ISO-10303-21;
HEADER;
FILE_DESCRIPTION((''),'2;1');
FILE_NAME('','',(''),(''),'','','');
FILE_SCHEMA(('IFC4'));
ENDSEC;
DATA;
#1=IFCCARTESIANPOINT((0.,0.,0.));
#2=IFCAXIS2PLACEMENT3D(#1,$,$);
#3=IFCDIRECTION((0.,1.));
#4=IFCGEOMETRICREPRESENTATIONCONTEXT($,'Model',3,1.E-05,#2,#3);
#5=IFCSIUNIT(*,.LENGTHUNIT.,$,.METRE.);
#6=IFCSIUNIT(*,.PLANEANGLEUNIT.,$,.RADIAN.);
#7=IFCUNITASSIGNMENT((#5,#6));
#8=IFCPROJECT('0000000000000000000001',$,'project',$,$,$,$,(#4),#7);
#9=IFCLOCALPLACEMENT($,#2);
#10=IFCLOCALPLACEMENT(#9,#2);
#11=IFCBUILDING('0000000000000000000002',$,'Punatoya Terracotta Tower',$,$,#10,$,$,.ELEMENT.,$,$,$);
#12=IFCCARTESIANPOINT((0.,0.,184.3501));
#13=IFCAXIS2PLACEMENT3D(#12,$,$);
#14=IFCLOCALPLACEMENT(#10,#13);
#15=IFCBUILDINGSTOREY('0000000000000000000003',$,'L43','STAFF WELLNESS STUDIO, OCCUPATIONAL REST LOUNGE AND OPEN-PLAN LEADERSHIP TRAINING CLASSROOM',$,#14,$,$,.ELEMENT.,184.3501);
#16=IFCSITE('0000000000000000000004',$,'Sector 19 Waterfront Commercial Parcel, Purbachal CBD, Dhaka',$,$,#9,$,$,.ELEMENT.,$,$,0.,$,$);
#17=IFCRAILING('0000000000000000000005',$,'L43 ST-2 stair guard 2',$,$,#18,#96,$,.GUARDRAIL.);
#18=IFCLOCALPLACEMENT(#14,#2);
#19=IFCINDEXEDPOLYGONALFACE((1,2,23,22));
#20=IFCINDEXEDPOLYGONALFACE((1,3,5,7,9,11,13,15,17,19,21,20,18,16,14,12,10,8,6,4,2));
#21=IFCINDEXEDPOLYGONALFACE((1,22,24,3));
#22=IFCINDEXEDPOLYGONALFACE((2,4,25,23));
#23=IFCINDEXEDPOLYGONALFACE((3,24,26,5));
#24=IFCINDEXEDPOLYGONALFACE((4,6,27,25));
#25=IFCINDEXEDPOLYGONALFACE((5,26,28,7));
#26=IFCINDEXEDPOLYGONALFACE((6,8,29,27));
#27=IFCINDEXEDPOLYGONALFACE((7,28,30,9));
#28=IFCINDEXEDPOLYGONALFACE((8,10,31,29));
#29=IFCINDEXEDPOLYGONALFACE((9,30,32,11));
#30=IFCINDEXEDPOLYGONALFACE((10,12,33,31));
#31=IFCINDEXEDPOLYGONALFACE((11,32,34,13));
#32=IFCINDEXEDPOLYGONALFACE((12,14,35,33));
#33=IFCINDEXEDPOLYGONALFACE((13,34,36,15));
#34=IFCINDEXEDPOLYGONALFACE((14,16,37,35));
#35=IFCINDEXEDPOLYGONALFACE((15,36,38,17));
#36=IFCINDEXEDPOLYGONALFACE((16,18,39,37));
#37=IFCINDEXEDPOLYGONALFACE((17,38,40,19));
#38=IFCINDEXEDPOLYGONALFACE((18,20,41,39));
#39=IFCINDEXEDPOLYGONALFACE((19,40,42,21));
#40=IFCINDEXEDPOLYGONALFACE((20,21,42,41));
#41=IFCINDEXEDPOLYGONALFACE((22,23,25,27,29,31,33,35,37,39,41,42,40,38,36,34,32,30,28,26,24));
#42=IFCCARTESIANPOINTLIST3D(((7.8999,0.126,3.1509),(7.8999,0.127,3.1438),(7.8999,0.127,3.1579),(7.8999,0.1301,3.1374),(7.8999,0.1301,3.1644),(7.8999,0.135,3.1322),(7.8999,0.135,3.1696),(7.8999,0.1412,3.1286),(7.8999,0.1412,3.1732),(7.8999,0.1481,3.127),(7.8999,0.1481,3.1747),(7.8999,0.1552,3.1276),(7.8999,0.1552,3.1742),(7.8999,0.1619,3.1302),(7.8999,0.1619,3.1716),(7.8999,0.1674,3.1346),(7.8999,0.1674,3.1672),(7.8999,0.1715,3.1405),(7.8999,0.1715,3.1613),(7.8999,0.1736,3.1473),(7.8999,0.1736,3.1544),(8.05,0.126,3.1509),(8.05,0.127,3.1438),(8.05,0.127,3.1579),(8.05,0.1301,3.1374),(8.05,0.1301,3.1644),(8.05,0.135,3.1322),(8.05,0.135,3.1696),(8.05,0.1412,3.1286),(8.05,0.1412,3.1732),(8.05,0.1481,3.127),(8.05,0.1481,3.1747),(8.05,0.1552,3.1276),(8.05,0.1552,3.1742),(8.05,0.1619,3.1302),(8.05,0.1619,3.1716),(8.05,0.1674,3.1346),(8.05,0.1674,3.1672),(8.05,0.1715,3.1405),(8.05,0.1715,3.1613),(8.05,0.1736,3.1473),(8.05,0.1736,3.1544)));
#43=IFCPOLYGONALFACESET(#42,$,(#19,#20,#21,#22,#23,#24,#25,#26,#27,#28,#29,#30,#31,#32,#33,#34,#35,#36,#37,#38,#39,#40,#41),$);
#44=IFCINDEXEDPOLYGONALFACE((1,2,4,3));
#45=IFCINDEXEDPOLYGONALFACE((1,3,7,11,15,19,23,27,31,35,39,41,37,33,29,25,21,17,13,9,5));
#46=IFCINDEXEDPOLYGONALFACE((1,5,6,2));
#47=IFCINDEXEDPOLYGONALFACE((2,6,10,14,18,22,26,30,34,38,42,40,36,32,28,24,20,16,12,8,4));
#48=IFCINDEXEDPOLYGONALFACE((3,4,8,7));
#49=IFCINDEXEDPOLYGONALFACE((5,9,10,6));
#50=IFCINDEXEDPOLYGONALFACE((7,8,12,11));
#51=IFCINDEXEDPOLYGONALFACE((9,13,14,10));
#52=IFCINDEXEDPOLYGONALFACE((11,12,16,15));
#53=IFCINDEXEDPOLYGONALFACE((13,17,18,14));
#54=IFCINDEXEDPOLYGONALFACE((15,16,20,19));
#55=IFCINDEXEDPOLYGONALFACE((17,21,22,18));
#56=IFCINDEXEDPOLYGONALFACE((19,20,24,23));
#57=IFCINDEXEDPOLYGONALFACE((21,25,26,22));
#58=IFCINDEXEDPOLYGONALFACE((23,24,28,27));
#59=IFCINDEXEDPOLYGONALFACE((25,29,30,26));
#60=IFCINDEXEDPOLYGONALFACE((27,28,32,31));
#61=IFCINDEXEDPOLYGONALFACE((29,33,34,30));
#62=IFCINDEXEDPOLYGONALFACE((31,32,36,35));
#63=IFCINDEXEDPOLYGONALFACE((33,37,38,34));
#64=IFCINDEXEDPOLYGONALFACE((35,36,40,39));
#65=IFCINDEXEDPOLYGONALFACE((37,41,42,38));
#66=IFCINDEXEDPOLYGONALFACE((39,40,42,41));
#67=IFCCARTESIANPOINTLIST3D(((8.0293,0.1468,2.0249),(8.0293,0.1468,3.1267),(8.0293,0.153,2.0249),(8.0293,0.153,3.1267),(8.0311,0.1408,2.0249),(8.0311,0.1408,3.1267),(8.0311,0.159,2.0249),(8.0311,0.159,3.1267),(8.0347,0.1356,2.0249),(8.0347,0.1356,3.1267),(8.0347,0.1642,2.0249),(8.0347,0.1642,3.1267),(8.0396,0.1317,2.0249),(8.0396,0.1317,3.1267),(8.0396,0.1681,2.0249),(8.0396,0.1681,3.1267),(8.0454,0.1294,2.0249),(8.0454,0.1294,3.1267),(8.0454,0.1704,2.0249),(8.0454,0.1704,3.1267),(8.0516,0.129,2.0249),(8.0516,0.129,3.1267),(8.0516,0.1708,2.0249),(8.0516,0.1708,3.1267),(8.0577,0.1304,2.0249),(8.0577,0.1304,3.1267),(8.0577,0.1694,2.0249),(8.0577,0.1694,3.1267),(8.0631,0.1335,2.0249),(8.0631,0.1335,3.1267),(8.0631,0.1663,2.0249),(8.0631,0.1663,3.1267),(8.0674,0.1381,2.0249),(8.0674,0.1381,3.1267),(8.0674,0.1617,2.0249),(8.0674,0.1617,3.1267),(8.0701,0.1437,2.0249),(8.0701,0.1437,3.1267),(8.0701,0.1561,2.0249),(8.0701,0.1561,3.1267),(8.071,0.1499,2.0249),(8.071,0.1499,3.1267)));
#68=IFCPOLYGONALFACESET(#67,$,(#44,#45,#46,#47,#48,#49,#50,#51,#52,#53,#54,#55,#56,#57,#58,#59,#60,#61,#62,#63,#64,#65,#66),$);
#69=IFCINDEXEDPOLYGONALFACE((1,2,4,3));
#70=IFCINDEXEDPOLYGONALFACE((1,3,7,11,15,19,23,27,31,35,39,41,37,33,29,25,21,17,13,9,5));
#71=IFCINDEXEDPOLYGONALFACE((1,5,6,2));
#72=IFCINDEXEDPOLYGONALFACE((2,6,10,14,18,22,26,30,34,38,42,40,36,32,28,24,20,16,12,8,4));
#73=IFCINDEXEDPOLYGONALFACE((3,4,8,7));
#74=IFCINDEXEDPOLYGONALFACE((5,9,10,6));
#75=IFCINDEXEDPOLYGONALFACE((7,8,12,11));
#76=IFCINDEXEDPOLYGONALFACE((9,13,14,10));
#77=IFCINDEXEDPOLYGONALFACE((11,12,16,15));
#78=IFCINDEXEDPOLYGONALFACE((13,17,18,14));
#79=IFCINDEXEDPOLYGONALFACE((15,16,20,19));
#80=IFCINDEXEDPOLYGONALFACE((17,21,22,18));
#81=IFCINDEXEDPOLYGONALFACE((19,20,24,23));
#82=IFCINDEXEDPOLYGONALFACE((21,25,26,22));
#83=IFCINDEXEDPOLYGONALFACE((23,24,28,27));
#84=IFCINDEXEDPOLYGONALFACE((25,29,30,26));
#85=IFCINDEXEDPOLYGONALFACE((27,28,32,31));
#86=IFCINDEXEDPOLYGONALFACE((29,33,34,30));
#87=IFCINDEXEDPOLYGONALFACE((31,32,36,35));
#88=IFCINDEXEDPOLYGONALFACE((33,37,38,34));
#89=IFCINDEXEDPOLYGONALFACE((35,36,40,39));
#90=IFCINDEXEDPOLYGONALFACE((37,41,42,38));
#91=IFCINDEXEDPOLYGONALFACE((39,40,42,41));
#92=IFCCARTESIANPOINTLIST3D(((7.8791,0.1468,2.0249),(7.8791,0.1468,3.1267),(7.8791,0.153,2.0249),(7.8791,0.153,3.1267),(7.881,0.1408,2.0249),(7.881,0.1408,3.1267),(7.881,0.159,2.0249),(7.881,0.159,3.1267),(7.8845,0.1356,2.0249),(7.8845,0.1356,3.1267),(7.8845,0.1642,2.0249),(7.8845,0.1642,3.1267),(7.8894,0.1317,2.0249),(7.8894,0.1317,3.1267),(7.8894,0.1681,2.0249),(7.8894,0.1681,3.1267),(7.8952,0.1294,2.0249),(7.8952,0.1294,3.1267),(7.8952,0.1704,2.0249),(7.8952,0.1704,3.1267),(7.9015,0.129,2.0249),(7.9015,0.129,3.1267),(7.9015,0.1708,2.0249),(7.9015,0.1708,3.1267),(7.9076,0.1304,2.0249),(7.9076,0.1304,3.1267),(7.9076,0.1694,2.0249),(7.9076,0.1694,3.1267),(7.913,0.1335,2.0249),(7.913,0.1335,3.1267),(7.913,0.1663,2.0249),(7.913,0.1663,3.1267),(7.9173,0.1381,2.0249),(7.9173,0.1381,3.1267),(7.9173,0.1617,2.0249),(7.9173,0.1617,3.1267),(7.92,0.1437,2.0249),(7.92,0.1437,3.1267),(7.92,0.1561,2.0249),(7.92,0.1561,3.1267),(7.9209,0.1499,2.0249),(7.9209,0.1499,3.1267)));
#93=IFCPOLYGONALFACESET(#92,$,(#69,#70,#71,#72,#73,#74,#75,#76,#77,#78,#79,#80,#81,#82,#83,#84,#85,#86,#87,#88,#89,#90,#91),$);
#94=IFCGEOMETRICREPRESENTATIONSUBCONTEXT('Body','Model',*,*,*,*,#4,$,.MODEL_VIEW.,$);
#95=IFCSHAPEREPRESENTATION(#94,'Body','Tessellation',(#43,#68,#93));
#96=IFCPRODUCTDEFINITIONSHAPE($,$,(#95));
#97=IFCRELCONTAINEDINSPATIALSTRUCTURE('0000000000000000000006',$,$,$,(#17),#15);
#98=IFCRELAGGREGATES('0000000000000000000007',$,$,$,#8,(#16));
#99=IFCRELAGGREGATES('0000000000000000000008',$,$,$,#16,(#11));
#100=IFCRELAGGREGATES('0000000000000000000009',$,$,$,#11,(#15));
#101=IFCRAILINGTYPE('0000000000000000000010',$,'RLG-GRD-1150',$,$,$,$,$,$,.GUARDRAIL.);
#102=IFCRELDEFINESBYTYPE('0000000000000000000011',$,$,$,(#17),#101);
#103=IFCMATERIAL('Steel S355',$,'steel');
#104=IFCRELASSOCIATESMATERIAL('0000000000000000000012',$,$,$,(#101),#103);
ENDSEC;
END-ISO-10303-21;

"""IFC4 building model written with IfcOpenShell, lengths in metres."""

from ifc_helpers import new_model, si_unit, direction, frame, origin, origin_2d, place, context, subcontext, project, spatial, circle, extrude, material, type_object, element, save


model = new_model("IFC4")

# Units and contexts
model_context = context("Model", 3, precision=1e-05, world=origin(), true_north=direction((0.0, 1.0)))
body_context = subcontext(model_context, "Body", "Model", "MODEL_VIEW")
ifc_project = project(units=[si_unit("LENGTHUNIT", "METRE"), si_unit("PLANEANGLEUNIT", "RADIAN")], contexts=[model_context])

# Site, building, storey
site_placement = place(None, origin())
site = spatial("IfcSite", under=ifc_project, at=site_placement, Name="Sector 19 Waterfront Commercial Parcel, Purbachal CBD, Dhaka", CompositionType="ELEMENT", RefElevation=0.0)
building_placement = place(site_placement, origin())
building = spatial("IfcBuilding", under=site, at=building_placement, Name="Punatoya Terracotta Tower", CompositionType="ELEMENT")
storey_placement = place(building_placement, frame((0.0, 0.0, 184.3501)))
storey = spatial("IfcBuildingStorey", under=building, at=storey_placement, Name="L43", Description="STAFF WELLNESS STUDIO, OCCUPATIONAL REST LOUNGE AND OPEN-PLAN LEADERSHIP TRAINING CLASSROOM", CompositionType="ELEMENT", Elevation=184.3501)

# Shared definitions
ifc_material_1 = material(Name="Steel S355", Category="steel")

# Railing
railing_type_1 = type_object("IfcRailingType", Name="RLG-GRD-1150", PredefinedType="GUARDRAIL", material=ifc_material_1)
railing_1_placement = place(storey_placement, frame((8.05, 0.1499, 2.0249)))
element("IfcRailing", 1, at=railing_1_placement, inside=storey, type_object=railing_type_1, Name="L43 ST-2 stair guard 2", PredefinedType="GUARDRAIL", context=body_context, shape_type="SweptSolid", body=[
    extrude(circle(Radius=0.0239, at=origin_2d()), frame((0.0, 0.0, 1.126), z_axis=(-1.0, 0.0, 0.0), x_axis=(0.0, -1.0, 0.0)), (0.0, 0.0, 1.0), 0.1501),
    extrude(circle(Radius=0.021, at=origin_2d()), origin(), (0.0, 0.0, 1.0), 1.1018),
    extrude(circle(Radius=0.021, at=origin_2d()), frame((-0.1501, 0.0, 0.0)), (0.0, 0.0, 1.0), 1.1018),
])

save(model, "model.ifc")
